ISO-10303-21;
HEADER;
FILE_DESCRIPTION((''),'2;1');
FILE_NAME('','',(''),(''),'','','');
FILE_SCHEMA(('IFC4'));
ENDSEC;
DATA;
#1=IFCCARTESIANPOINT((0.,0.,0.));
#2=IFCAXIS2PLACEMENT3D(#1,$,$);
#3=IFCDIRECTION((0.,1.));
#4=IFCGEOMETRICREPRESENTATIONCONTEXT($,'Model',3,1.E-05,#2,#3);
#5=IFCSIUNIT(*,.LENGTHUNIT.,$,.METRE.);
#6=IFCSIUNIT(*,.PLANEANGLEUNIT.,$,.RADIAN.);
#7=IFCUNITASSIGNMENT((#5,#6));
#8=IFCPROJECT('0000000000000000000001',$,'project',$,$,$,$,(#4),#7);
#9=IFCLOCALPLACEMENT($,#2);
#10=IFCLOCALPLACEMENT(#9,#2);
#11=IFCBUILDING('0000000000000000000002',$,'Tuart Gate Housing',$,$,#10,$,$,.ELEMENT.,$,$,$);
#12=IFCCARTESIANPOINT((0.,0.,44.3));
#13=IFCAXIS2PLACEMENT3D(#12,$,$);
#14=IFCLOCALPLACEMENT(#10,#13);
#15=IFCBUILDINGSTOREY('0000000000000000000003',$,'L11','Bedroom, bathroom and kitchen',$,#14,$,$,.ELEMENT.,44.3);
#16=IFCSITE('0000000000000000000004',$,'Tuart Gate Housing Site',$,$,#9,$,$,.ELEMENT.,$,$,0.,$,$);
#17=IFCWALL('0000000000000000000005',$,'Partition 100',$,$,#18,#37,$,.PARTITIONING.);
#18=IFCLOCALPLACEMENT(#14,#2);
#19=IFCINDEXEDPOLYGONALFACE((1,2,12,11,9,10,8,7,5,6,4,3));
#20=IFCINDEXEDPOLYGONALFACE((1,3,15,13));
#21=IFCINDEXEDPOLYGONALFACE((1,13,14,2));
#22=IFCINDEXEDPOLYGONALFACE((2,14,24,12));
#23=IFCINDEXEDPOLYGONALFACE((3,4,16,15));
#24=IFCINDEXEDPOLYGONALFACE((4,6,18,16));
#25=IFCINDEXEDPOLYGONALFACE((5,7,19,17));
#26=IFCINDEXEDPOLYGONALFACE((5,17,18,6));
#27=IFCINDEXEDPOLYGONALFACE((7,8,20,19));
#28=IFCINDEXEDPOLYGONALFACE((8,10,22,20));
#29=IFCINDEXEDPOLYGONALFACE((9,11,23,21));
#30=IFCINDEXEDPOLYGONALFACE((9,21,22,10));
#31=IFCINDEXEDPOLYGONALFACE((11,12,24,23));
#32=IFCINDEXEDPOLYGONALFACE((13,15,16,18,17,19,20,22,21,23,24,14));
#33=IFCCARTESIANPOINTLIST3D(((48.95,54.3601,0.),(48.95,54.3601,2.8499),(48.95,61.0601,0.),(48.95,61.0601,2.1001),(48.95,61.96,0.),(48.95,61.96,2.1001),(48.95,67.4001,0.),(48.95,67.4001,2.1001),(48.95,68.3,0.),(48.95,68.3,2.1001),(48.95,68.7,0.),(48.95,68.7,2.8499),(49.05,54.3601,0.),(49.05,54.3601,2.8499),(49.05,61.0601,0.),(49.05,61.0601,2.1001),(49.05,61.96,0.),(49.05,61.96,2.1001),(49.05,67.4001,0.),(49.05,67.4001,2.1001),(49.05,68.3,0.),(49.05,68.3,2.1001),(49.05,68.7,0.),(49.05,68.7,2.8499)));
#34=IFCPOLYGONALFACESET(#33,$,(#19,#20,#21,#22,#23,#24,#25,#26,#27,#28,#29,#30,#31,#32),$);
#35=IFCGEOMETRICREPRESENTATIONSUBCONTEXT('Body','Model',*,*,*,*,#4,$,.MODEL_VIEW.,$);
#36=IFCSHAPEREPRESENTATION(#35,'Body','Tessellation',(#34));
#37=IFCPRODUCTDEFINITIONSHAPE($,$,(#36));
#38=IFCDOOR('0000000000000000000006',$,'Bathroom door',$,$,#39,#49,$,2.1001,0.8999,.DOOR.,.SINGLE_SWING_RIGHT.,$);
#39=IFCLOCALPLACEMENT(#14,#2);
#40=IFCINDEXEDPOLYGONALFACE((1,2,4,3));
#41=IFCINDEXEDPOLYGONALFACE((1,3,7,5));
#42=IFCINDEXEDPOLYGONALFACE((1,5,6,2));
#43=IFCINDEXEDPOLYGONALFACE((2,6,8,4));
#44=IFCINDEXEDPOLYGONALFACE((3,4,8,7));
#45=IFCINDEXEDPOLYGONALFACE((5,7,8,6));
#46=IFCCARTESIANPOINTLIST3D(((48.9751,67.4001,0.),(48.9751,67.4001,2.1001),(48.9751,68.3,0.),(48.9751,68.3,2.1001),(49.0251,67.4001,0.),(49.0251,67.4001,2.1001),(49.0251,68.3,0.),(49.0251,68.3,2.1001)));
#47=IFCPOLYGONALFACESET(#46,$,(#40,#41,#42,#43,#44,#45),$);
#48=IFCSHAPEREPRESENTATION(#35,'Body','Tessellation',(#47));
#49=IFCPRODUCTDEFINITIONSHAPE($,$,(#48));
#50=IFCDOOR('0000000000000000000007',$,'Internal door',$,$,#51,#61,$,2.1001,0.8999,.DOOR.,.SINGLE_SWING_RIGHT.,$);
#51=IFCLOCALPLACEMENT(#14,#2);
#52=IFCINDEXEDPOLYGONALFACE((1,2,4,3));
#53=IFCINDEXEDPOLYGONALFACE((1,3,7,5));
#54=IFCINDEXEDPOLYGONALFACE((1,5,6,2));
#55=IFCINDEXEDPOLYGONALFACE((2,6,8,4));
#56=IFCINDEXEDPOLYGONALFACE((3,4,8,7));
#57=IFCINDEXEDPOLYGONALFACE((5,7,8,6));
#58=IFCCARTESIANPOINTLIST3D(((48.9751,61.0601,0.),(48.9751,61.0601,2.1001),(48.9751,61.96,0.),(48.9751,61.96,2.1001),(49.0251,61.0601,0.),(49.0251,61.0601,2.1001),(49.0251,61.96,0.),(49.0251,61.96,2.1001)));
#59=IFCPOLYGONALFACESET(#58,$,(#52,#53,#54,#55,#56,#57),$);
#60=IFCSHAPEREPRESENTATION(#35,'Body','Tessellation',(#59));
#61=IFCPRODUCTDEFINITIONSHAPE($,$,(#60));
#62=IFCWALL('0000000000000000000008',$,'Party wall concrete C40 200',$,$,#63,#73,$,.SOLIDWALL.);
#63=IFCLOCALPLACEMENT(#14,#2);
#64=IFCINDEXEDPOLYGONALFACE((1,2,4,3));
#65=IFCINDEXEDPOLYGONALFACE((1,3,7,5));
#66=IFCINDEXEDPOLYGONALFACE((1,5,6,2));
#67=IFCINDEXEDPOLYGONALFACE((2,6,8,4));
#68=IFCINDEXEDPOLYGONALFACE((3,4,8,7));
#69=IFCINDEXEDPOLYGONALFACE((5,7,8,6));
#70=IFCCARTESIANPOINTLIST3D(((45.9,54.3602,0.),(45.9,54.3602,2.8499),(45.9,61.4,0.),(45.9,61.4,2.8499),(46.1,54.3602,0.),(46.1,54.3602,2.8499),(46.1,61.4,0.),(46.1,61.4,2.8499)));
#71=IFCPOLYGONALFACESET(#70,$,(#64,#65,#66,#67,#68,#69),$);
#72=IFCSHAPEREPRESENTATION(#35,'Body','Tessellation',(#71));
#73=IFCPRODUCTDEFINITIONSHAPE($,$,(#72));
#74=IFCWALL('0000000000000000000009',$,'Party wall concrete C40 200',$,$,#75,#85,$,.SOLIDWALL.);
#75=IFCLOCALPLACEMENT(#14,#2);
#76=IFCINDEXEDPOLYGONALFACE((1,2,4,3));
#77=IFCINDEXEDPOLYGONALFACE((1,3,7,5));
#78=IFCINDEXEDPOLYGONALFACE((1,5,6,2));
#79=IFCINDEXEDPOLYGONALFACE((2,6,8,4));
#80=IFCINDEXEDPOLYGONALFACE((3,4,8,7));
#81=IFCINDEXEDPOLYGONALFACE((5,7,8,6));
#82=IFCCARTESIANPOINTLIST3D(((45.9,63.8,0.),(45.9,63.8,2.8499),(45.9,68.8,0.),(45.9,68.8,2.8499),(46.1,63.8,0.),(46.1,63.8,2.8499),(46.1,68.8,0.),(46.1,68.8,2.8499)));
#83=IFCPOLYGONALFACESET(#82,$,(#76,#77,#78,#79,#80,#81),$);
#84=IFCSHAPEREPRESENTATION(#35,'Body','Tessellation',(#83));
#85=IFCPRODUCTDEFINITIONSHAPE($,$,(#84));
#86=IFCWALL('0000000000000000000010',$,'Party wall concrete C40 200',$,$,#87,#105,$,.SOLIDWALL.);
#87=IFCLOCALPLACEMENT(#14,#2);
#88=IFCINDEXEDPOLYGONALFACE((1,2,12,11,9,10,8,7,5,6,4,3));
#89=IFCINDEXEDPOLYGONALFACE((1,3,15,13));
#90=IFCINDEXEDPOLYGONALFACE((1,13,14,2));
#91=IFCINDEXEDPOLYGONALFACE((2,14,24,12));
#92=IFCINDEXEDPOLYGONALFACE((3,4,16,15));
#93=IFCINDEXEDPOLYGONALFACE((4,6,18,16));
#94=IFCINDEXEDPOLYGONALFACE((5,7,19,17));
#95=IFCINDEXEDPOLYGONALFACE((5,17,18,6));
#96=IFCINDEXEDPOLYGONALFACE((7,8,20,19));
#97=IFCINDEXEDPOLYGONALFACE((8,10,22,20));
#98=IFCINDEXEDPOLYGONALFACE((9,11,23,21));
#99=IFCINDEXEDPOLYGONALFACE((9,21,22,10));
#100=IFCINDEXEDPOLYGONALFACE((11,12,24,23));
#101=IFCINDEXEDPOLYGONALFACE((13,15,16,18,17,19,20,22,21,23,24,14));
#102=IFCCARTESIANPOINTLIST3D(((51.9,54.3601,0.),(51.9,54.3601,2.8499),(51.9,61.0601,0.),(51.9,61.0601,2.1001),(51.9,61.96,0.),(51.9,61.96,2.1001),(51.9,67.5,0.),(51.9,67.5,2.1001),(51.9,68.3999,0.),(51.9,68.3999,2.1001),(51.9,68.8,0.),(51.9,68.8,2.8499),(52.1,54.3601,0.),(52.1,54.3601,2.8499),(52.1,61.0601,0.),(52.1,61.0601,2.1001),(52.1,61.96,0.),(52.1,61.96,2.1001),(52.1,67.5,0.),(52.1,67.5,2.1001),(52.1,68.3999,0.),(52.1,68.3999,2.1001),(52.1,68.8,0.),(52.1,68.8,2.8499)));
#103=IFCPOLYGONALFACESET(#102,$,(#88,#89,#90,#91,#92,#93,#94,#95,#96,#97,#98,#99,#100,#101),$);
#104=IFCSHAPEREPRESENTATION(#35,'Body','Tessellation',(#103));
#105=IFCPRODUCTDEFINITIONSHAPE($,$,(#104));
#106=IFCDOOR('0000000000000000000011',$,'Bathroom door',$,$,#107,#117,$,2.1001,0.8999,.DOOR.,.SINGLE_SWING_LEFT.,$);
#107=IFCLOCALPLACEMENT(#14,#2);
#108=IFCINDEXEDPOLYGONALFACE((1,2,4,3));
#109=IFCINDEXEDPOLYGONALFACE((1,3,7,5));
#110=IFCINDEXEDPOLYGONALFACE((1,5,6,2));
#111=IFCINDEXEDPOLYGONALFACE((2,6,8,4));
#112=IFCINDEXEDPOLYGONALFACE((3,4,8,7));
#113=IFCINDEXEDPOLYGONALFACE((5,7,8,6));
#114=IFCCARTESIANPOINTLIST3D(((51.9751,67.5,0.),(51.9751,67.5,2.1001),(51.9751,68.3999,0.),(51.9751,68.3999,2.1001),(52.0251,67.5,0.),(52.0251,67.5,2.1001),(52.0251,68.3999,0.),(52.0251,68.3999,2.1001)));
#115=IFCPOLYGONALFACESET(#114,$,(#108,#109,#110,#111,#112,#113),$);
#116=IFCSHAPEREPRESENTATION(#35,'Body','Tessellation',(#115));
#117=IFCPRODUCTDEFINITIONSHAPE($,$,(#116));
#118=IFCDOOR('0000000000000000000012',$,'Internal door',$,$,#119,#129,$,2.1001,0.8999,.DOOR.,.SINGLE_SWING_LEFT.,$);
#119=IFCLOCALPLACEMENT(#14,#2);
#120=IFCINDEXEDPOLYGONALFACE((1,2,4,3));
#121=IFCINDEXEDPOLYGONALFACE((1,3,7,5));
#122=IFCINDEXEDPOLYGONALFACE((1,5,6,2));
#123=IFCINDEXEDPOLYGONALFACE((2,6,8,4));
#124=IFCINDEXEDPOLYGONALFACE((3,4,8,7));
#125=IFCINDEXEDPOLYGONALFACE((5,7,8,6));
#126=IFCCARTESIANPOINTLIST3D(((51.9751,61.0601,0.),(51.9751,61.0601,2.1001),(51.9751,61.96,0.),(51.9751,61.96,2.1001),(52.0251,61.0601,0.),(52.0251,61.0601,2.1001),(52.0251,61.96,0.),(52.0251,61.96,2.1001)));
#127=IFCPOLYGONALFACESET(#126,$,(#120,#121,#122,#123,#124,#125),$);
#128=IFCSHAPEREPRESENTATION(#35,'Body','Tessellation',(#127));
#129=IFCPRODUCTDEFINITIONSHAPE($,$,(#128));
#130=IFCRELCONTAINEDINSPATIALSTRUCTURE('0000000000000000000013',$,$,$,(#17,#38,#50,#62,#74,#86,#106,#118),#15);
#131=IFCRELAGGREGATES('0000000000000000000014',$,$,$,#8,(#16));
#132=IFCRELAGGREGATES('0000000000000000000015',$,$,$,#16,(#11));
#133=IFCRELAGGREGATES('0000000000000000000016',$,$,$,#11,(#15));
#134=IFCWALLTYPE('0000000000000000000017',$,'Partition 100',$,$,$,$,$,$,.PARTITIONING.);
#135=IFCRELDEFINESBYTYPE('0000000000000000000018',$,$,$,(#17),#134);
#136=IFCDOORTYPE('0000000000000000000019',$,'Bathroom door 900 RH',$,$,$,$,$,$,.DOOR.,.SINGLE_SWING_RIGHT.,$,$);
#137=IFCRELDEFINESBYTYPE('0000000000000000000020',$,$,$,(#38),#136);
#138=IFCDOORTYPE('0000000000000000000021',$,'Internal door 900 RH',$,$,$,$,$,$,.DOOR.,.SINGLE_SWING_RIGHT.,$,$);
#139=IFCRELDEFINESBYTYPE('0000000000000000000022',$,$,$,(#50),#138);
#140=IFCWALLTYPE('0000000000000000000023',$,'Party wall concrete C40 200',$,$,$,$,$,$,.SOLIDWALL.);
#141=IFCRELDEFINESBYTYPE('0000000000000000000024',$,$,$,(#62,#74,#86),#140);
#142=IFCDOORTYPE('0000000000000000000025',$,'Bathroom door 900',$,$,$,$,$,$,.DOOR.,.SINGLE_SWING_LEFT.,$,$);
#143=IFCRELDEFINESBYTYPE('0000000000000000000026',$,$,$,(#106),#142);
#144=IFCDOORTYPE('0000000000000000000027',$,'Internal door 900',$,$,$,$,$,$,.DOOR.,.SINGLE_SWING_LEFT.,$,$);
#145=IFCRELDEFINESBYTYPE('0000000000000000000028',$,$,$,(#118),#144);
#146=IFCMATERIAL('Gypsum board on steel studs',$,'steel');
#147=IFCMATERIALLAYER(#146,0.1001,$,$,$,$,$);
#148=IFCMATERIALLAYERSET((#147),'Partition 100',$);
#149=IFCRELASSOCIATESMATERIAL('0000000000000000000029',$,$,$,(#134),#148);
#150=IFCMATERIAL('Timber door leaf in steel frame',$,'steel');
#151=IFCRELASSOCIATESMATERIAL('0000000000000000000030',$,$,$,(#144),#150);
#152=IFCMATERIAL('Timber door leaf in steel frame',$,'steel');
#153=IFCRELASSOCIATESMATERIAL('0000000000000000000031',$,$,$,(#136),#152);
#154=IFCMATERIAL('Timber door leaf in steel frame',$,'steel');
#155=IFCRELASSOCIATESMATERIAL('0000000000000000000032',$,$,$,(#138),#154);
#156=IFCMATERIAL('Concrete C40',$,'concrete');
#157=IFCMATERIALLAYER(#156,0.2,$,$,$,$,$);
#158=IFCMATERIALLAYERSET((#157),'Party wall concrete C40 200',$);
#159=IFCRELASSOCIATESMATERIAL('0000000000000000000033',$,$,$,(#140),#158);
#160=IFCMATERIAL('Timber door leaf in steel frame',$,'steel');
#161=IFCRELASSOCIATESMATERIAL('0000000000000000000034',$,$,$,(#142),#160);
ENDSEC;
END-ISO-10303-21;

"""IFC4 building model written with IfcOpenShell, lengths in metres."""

from ifc_helpers import new_model, si_unit, direction, frame, frame_2d, origin, place, context, subcontext, project, spatial, rectangle, extrude, material, layer, layer_set, type_object, element, fill, save


model = new_model("IFC4")

# Units and contexts
model_context = context("Model", 3, precision=1e-05, world=origin(), true_north=direction((0.0, 1.0)))
body_context = subcontext(model_context, "Body", "Model", "MODEL_VIEW")
ifc_project = project(units=[si_unit("LENGTHUNIT", "METRE"), si_unit("PLANEANGLEUNIT", "RADIAN")], contexts=[model_context])

# Site, building, storey
site_placement = place(None, origin())
site = spatial("IfcSite", under=ifc_project, at=site_placement, Name="Tuart Gate Housing Site", CompositionType="ELEMENT", RefElevation=0.0)
building_placement = place(site_placement, origin())
building = spatial("IfcBuilding", under=site, at=building_placement, Name="Tuart Gate Housing", CompositionType="ELEMENT")
storey_placement = place(building_placement, frame((0.0, 0.0, 44.3)))
storey = spatial("IfcBuildingStorey", under=building, at=storey_placement, Name="L11", Description="Bedroom, bathroom and kitchen", CompositionType="ELEMENT", Elevation=44.3)

# Shared definitions
ifc_material_1 = material(Name="Gypsum board on steel studs", Category="steel")
ifc_layer_1 = layer(ifc_material_1, 0.1001)
ifc_layer_set_1 = layer_set([ifc_layer_1], Name="Partition 100")
wall_type_1 = type_object("IfcWallType", Name="Partition 100", PredefinedType="PARTITIONING", material=ifc_layer_set_1)
ifc_material_2 = material(Name="Timber door leaf in steel frame", Category="steel")
door_type_1 = type_object("IfcDoorType", Name="Internal door 900", OperationType="SINGLE_SWING_LEFT", PredefinedType="DOOR", material=ifc_material_2)

# Wall, openings, doors
wall_1_placement = place(storey_placement, frame((49.0, 54.3601, 0.0), z_axis=(0.0, 0.0, 1.0), x_axis=(0.0, 1.0, 0.0)))
wall_1 = element("IfcWall", 1, at=wall_1_placement, inside=storey, type_object=wall_type_1, Name="Partition 100", PredefinedType="PARTITIONING", context=body_context, shape_type="SweptSolid", body=[
    extrude(rectangle(XDim=14.3398, YDim=0.1001, at=frame_2d((7.1699, 0.0))), origin(), (0.0, 0.0, 1.0), 2.8499),
])
opening_1_placement = place(wall_1_placement, frame((6.7, 0.0, 0.0)))
opening_1 = element("IfcOpeningElement", 2, at=opening_1_placement, cuts=wall_1, PredefinedType="OPENING", context=body_context, shape_type="SweptSolid", body=[
    extrude(rectangle(XDim=0.8999, YDim=2.1001, at=frame_2d((0.45, 1.05))), frame((0.0, 0.0601, 0.0), z_axis=(0.0, -1.0, 0.0), x_axis=(1.0, 0.0, 0.0)), (0.0, 0.0, 1.0), 0.1201),
])
opening_2_placement = place(wall_1_placement, frame((13.04, 0.0, 0.0)))
opening_2 = element("IfcOpeningElement", 3, at=opening_2_placement, cuts=wall_1, PredefinedType="OPENING", context=body_context, shape_type="SweptSolid", body=[
    extrude(rectangle(XDim=0.8999, YDim=2.1001, at=frame_2d((0.45, 1.05))), frame((0.0, 0.0601, 0.0), z_axis=(0.0, -1.0, 0.0), x_axis=(1.0, 0.0, 0.0)), (0.0, 0.0, 1.0), 0.1201),
])
ifc_material_3 = material(Name="Timber door leaf in steel frame", Category="steel")
door_type_2 = type_object("IfcDoorType", Name="Bathroom door 900 RH", OperationType="SINGLE_SWING_RIGHT", PredefinedType="DOOR", material=ifc_material_3)
door_1_placement = place(opening_2_placement, origin())
door_1 = element("IfcDoor", 4, at=door_1_placement, inside=storey, type_object=door_type_2, Name="Bathroom door", OperationType="SINGLE_SWING_RIGHT", OverallHeight=2.1001, OverallWidth=0.8999, PredefinedType="DOOR", context=body_context, shape_type="SweptSolid", body=[
    extrude(rectangle(XDim=0.8999, YDim=2.1001, at=frame_2d((0.45, 1.05))), frame((0.0, 0.0249, 0.0), z_axis=(0.0, -1.0, 0.0), x_axis=(1.0, 0.0, 0.0)), (0.0, 0.0, 1.0), 0.05),
])
fill(opening_2, door_1)
ifc_material_4 = material(Name="Timber door leaf in steel frame", Category="steel")
door_type_3 = type_object("IfcDoorType", Name="Internal door 900 RH", OperationType="SINGLE_SWING_RIGHT", PredefinedType="DOOR", material=ifc_material_4)
door_2_placement = place(opening_1_placement, origin())
door_2 = element("IfcDoor", 5, at=door_2_placement, inside=storey, type_object=door_type_3, Name="Internal door", OperationType="SINGLE_SWING_RIGHT", OverallHeight=2.1001, OverallWidth=0.8999, PredefinedType="DOOR", context=body_context, shape_type="SweptSolid", body=[
    extrude(rectangle(XDim=0.8999, YDim=2.1001, at=frame_2d((0.45, 1.05))), frame((0.0, 0.0249, 0.0), z_axis=(0.0, -1.0, 0.0), x_axis=(1.0, 0.0, 0.0)), (0.0, 0.0, 1.0), 0.05),
])
fill(opening_1, door_2)

# Walls
ifc_material_5 = material(Name="Concrete C40", Category="concrete")
ifc_layer_2 = layer(ifc_material_5, 0.2)
ifc_layer_set_2 = layer_set([ifc_layer_2], Name="Party wall concrete C40 200")
wall_type_2 = type_object("IfcWallType", Name="Party wall concrete C40 200", PredefinedType="SOLIDWALL", material=ifc_layer_set_2)
wall_2_placement = place(storey_placement, frame((46.0, 54.3601, 0.0), z_axis=(0.0, 0.0, 1.0), x_axis=(0.0, 1.0, 0.0)))
element("IfcWall", 6, at=wall_2_placement, inside=storey, type_object=wall_type_2, Name="Party wall concrete C40 200", PredefinedType="SOLIDWALL", context=body_context, shape_type="SweptSolid", body=[
    extrude(rectangle(XDim=7.0398, YDim=0.2, at=frame_2d((3.52, 0.0))), origin(), (0.0, 0.0, 1.0), 2.8499),
])
wall_3_placement = place(storey_placement, frame((46.0, 63.8, 0.0), z_axis=(0.0, 0.0, 1.0), x_axis=(0.0, 1.0, 0.0)))
element("IfcWall", 7, at=wall_3_placement, inside=storey, type_object=wall_type_2, Name="Party wall concrete C40 200", PredefinedType="SOLIDWALL", context=body_context, shape_type="SweptSolid", body=[
    extrude(rectangle(XDim=5.0, YDim=0.2, at=frame_2d((2.5, 0.0))), origin(), (0.0, 0.0, 1.0), 2.8499),
])

# Wall, openings, doors
wall_4_placement = place(storey_placement, frame((52.0, 54.3601, 0.0), z_axis=(0.0, 0.0, 1.0), x_axis=(0.0, 1.0, 0.0)))
wall_4 = element("IfcWall", 8, at=wall_4_placement, inside=storey, type_object=wall_type_2, Name="Party wall concrete C40 200", PredefinedType="SOLIDWALL", context=body_context, shape_type="SweptSolid", body=[
    extrude(rectangle(XDim=14.4399, YDim=0.2, at=frame_2d((7.22, 0.0))), origin(), (0.0, 0.0, 1.0), 2.8499),
])
opening_3_placement = place(wall_4_placement, frame((6.7, 0.0, 0.0)))
opening_3 = element("IfcOpeningElement", 9, at=opening_3_placement, cuts=wall_4, PredefinedType="OPENING", context=body_context, shape_type="SweptSolid", body=[
    extrude(rectangle(XDim=0.8999, YDim=2.1001, at=frame_2d((0.45, 1.05))), frame((0.0, 0.1099, 0.0), z_axis=(0.0, -1.0, 0.0), x_axis=(1.0, 0.0, 0.0)), (0.0, 0.0, 1.0), 0.22),
])
opening_4_placement = place(wall_4_placement, frame((13.1399, 0.0, 0.0)))
opening_4 = element("IfcOpeningElement", 10, at=opening_4_placement, cuts=wall_4, PredefinedType="OPENING", context=body_context, shape_type="SweptSolid", body=[
    extrude(rectangle(XDim=0.8999, YDim=2.1001, at=frame_2d((0.45, 1.05))), frame((0.0, 0.1099, 0.0), z_axis=(0.0, -1.0, 0.0), x_axis=(1.0, 0.0, 0.0)), (0.0, 0.0, 1.0), 0.22),
])
ifc_material_6 = material(Name="Timber door leaf in steel frame", Category="steel")
door_type_4 = type_object("IfcDoorType", Name="Bathroom door 900", OperationType="SINGLE_SWING_LEFT", PredefinedType="DOOR", material=ifc_material_6)
door_3_placement = place(opening_4_placement, frame((0.8999, 0.0, 0.0), z_axis=(0.0, 0.0, 1.0), x_axis=(-1.0, 0.0, 0.0)))
door_3 = element("IfcDoor", 11, at=door_3_placement, inside=storey, type_object=door_type_4, Name="Bathroom door", OperationType="SINGLE_SWING_LEFT", OverallHeight=2.1001, OverallWidth=0.8999, PredefinedType="DOOR", context=body_context, shape_type="SweptSolid", body=[
    extrude(rectangle(XDim=0.8999, YDim=2.1001, at=frame_2d((0.45, 1.05))), frame((0.0, 0.0251, 0.0), z_axis=(0.0, -1.0, 0.0), x_axis=(1.0, 0.0, 0.0)), (0.0, 0.0, 1.0), 0.05),
])
fill(opening_4, door_3)
door_4_placement = place(opening_3_placement, frame((0.8999, 0.0, 0.0), z_axis=(0.0, 0.0, 1.0), x_axis=(-1.0, 0.0, 0.0)))
door_4 = element("IfcDoor", 12, at=door_4_placement, inside=storey, type_object=door_type_1, Name="Internal door", OperationType="SINGLE_SWING_LEFT", OverallHeight=2.1001, OverallWidth=0.8999, PredefinedType="DOOR", context=body_context, shape_type="SweptSolid", body=[
    extrude(rectangle(XDim=0.8999, YDim=2.1001, at=frame_2d((0.45, 1.05))), frame((0.0, 0.0251, 0.0), z_axis=(0.0, -1.0, 0.0), x_axis=(1.0, 0.0, 0.0)), (0.0, 0.0, 1.0), 0.05),
])
fill(opening_3, door_4)

save(model, "model.ifc")
